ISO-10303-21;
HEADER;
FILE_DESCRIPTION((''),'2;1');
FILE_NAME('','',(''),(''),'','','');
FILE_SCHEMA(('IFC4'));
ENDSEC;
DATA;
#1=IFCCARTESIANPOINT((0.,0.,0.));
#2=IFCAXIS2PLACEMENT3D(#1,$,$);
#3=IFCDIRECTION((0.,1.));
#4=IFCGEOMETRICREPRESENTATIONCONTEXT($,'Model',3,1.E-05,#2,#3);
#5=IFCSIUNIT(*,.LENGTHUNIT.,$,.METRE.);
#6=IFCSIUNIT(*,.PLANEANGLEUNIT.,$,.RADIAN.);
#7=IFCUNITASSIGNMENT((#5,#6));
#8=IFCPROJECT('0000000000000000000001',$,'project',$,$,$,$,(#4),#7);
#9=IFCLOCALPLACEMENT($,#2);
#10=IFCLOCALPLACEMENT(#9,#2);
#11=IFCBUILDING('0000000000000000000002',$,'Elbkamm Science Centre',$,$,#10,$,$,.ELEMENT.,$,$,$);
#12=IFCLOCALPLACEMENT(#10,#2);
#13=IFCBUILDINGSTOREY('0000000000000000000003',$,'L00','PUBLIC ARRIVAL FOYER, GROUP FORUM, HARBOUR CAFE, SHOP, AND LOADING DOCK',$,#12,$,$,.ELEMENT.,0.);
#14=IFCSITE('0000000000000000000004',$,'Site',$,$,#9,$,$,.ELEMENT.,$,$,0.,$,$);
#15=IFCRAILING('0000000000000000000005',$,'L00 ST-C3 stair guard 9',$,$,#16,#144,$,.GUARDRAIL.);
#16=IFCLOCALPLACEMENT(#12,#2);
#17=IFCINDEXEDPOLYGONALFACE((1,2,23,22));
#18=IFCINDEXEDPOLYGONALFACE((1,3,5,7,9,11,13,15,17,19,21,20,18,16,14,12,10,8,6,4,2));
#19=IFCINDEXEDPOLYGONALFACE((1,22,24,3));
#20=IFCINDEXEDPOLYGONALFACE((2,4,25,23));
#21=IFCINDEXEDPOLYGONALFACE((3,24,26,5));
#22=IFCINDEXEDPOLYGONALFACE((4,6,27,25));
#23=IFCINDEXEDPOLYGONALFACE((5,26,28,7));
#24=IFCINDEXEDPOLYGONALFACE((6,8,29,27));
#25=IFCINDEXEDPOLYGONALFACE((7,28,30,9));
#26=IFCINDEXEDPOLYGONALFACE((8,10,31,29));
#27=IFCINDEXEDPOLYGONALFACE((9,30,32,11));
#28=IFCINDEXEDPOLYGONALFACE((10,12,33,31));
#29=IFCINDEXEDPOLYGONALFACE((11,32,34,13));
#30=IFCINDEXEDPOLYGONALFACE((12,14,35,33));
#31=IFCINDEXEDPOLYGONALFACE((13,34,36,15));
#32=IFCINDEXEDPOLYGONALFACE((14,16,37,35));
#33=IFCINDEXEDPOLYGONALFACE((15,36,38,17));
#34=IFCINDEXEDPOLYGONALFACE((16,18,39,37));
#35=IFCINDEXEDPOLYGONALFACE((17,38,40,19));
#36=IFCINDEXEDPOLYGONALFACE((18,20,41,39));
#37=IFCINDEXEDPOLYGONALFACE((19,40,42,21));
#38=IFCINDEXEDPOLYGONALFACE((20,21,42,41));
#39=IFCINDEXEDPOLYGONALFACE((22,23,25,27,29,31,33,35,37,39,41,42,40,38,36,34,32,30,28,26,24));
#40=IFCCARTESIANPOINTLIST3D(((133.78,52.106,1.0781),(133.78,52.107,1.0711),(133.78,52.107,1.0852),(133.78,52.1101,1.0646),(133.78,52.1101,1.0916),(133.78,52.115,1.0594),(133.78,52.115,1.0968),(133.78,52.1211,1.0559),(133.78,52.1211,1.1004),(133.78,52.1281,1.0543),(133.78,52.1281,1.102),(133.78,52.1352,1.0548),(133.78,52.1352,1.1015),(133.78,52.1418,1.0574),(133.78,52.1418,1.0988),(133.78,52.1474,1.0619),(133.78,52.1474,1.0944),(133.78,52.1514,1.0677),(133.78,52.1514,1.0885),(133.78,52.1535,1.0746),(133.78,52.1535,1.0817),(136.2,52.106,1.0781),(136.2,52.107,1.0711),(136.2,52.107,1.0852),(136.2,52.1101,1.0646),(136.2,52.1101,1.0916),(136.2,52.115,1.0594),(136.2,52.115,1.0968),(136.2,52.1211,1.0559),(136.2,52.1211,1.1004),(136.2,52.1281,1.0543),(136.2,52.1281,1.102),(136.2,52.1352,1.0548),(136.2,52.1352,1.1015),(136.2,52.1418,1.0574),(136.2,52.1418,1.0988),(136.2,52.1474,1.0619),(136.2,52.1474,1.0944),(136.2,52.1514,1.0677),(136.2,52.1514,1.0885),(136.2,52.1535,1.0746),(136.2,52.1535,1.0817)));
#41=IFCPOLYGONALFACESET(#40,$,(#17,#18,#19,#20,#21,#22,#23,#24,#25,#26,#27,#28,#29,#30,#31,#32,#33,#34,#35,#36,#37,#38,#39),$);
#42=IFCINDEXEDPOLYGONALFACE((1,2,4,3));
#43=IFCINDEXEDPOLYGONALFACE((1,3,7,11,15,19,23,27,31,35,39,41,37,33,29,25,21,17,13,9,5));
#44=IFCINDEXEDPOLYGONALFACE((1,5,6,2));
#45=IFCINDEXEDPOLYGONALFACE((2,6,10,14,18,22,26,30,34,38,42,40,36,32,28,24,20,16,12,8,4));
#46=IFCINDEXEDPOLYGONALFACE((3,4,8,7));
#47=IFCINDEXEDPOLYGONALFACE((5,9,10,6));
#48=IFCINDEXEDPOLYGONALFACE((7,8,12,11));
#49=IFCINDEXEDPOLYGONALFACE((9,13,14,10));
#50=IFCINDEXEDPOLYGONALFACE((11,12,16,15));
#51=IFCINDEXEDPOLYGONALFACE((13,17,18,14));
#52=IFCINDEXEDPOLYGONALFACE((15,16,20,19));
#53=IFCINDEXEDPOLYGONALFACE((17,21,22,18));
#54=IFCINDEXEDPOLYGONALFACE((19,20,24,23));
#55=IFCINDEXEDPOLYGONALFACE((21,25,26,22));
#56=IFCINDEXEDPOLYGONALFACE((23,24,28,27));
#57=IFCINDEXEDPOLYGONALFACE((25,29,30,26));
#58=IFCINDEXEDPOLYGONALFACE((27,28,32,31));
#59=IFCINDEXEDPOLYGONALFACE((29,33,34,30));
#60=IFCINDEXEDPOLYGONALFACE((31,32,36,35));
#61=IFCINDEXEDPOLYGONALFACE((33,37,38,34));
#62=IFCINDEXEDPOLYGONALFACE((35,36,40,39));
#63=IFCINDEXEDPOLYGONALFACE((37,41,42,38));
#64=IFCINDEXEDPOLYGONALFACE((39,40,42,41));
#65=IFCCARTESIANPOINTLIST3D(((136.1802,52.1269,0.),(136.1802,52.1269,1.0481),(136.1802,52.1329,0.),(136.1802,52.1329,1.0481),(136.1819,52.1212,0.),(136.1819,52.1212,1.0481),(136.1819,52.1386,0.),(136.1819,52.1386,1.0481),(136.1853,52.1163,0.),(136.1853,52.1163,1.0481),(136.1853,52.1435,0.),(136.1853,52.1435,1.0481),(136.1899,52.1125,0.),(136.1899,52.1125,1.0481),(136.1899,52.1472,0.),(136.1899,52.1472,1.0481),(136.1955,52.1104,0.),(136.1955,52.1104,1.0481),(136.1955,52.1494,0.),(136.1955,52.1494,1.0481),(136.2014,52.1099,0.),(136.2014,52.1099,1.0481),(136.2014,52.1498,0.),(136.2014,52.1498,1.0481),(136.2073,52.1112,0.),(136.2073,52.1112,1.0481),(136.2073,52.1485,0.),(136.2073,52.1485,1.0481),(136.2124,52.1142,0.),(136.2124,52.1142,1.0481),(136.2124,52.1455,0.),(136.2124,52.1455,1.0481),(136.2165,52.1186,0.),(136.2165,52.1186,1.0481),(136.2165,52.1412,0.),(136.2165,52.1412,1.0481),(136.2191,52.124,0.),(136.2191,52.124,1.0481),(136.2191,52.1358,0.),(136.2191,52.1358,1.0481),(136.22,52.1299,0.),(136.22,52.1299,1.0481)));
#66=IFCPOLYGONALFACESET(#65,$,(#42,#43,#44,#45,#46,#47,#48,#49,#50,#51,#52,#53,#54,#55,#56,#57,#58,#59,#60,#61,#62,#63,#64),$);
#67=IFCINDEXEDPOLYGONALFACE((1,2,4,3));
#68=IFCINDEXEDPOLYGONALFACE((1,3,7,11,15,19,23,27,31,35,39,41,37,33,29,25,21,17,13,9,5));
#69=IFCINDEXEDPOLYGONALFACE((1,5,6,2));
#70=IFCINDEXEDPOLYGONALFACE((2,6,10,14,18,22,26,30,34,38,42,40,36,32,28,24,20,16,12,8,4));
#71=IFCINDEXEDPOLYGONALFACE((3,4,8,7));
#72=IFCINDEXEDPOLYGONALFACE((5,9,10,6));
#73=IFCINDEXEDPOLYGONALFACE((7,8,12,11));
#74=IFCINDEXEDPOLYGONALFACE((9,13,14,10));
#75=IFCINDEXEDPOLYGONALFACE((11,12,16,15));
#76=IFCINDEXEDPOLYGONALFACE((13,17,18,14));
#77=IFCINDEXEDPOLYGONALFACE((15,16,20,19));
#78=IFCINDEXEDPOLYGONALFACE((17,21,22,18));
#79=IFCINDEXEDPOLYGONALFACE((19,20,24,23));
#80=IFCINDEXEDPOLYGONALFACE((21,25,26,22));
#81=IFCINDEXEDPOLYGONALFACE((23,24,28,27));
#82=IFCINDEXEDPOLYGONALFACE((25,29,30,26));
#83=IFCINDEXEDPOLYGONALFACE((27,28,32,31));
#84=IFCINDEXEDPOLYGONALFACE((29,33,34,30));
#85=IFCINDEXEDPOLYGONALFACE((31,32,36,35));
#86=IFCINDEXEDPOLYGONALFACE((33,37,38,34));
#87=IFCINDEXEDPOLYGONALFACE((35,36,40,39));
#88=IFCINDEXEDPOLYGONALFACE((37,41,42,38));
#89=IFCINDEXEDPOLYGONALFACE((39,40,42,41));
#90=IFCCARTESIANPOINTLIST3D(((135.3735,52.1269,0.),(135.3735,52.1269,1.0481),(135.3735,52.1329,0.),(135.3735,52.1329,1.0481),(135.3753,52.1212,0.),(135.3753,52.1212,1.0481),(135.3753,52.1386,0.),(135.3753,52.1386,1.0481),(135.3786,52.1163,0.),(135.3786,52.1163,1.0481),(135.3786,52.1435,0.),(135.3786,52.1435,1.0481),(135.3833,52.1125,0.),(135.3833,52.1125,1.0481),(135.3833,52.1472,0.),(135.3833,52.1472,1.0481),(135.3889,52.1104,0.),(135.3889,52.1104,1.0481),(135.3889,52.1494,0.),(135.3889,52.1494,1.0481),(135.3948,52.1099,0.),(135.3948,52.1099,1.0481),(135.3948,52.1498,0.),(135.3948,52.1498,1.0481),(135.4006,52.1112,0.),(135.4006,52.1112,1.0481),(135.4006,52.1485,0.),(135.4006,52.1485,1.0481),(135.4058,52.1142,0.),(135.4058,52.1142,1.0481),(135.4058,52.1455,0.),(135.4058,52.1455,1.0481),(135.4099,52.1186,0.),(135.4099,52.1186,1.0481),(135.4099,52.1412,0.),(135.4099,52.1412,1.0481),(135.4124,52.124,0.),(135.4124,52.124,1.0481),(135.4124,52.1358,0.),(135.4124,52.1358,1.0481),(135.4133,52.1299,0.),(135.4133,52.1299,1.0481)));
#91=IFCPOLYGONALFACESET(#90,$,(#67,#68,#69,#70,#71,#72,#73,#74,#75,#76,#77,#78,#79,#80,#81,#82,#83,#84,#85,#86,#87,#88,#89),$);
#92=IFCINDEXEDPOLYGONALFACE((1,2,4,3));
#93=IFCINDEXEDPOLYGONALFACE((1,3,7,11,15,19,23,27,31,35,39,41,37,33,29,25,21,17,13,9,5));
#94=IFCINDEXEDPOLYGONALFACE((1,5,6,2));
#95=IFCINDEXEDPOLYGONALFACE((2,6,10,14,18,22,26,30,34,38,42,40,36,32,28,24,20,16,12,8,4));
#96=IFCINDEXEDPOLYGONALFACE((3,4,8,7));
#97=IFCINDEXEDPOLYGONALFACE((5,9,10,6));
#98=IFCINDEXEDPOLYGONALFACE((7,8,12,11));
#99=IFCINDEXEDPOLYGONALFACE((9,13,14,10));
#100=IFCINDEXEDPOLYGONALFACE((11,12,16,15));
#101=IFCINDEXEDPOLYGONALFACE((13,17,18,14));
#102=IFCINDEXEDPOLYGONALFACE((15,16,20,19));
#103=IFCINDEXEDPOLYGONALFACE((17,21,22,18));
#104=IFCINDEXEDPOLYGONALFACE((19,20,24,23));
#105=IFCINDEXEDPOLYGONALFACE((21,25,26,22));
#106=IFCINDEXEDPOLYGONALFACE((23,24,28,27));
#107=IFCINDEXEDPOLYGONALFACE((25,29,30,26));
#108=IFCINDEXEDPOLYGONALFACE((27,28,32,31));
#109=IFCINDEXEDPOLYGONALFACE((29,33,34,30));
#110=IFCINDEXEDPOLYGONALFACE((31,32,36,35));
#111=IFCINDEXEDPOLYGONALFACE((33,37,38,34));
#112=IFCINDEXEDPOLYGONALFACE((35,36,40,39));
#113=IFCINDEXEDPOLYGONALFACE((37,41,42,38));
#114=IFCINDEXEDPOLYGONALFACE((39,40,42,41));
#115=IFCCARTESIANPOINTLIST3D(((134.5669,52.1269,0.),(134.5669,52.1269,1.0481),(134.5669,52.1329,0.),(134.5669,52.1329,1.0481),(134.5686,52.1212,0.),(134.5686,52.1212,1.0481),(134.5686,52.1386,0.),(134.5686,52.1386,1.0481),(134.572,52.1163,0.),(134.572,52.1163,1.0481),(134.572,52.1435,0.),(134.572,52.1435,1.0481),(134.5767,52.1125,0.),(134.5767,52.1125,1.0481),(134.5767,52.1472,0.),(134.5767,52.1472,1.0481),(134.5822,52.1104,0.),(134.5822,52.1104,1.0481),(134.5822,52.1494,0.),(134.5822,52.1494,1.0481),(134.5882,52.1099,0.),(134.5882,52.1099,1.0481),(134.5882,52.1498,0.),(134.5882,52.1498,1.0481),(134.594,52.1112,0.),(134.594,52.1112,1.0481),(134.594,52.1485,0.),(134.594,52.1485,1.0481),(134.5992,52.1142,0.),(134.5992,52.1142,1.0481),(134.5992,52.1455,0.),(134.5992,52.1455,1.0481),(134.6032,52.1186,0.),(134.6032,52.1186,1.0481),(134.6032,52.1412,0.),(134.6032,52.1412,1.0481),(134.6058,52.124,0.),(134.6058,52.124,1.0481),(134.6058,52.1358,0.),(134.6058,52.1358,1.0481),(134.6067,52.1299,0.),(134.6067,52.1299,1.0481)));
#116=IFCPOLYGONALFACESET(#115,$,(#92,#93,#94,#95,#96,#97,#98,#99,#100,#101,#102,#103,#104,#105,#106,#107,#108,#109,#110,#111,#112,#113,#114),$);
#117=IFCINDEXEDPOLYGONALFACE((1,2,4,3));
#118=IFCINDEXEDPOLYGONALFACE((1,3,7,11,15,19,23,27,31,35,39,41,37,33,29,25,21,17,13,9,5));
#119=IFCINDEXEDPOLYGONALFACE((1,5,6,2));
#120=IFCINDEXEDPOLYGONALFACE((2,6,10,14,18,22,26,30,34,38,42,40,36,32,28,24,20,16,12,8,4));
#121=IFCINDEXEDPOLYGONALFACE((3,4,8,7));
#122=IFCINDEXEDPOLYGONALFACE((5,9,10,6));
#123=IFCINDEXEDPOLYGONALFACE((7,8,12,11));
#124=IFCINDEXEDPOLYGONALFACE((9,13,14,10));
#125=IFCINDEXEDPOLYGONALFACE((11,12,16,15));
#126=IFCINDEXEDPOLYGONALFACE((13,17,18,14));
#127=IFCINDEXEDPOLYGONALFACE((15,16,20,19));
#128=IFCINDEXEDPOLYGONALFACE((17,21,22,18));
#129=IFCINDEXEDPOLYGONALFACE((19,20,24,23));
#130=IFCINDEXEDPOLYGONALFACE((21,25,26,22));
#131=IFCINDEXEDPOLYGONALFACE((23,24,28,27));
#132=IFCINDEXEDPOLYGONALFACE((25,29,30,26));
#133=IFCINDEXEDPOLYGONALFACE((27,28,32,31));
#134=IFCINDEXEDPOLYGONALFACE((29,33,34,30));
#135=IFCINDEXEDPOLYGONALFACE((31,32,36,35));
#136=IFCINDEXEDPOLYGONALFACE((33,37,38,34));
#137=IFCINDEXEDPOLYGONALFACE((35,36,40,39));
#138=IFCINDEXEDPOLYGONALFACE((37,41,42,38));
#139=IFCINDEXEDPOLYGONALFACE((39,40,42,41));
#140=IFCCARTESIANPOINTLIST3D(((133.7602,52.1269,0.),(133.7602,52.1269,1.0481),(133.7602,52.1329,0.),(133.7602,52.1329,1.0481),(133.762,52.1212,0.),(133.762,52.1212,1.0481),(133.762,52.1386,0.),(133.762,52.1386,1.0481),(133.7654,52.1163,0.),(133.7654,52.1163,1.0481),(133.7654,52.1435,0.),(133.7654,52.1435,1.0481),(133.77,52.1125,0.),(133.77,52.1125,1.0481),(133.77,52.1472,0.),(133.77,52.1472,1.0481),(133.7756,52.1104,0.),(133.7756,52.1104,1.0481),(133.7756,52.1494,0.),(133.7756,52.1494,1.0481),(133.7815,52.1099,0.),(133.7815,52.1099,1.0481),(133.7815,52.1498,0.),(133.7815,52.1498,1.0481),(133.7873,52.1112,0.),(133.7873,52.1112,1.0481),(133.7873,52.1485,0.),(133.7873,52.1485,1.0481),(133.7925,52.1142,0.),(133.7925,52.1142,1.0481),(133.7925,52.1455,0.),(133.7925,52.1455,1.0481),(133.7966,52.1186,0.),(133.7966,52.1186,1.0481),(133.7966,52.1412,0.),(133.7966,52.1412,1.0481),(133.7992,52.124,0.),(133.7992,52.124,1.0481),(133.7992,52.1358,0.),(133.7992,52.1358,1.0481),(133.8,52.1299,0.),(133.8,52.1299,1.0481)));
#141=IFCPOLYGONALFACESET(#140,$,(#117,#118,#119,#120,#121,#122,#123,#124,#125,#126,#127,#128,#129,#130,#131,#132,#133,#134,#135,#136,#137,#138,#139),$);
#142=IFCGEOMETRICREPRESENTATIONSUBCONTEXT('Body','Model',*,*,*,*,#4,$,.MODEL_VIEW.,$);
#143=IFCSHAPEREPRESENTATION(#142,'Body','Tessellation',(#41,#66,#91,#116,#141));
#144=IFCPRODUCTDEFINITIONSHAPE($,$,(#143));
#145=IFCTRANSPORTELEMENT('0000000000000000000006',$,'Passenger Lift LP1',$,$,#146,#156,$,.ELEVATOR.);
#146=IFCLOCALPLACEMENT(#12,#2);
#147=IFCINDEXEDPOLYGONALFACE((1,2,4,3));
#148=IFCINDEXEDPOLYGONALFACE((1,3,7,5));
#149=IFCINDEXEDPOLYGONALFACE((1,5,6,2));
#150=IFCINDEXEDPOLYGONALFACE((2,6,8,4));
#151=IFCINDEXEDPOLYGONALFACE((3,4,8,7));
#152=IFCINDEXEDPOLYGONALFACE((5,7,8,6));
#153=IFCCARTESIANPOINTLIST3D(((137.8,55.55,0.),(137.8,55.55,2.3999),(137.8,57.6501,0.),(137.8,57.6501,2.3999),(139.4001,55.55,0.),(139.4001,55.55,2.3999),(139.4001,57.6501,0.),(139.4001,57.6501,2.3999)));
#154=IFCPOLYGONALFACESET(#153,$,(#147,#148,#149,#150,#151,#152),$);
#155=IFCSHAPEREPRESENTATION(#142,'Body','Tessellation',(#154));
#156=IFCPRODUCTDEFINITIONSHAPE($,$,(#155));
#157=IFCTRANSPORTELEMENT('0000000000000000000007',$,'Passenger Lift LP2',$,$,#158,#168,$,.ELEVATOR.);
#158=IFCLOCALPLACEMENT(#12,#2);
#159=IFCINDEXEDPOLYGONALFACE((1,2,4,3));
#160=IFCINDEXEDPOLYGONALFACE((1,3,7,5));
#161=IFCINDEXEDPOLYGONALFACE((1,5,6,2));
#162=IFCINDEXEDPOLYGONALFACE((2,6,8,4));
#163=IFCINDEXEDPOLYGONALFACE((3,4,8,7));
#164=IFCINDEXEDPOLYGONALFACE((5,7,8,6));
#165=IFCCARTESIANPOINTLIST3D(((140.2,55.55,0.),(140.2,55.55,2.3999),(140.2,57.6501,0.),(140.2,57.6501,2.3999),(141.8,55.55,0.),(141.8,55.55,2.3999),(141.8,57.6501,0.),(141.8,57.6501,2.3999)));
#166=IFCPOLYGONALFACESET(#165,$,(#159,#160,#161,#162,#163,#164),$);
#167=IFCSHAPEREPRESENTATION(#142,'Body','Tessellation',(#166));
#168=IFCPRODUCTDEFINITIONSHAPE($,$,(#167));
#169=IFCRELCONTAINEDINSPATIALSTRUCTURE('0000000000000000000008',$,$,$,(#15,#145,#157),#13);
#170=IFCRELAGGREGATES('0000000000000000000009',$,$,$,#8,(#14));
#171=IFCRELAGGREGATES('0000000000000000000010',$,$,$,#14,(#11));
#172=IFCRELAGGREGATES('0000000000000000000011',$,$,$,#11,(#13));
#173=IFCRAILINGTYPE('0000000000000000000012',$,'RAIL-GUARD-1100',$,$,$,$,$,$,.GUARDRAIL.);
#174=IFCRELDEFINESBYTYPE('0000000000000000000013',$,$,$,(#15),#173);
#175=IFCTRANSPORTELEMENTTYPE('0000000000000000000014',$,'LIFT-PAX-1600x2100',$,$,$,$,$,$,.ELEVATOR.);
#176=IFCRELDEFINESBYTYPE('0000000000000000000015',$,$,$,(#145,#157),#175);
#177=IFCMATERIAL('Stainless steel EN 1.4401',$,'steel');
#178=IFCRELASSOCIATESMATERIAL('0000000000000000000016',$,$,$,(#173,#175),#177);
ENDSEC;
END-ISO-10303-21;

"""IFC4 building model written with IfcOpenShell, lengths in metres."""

from ifc_helpers import new_model, si_unit, direction, frame, origin, origin_2d, place, context, subcontext, project, spatial, rectangle, circle, extrude, material, type_object, element, save


model = new_model("IFC4")

# Units and contexts
model_context = context("Model", 3, precision=1e-05, world=origin(), true_north=direction((0.0, 1.0)))
body_context = subcontext(model_context, "Body", "Model", "MODEL_VIEW")
ifc_project = project(units=[si_unit("LENGTHUNIT", "METRE"), si_unit("PLANEANGLEUNIT", "RADIAN")], contexts=[model_context])

# Site, building, storey
site_placement = place(None, origin())
site = spatial("IfcSite", under=ifc_project, at=site_placement, Name="Site", CompositionType="ELEMENT", RefElevation=0.0)
building_placement = place(site_placement, origin())
building = spatial("IfcBuilding", under=site, at=building_placement, Name="Elbkamm Science Centre", CompositionType="ELEMENT")
storey_placement = place(building_placement, origin())
storey = spatial("IfcBuildingStorey", under=building, at=storey_placement, Name="L00", Description="PUBLIC ARRIVAL FOYER, GROUP FORUM, HARBOUR CAFE, SHOP, AND LOADING DOCK", CompositionType="ELEMENT", Elevation=0.0)

# Railing
ifc_material_1 = material(Name="Stainless steel EN 1.4401", Category="steel")
railing_type = type_object("IfcRailingType", Name="RAIL-GUARD-1100", PredefinedType="GUARDRAIL", material=ifc_material_1)
for number, where, name in (
    (1, (136.2, 52.1299, 0.0), "L00 ST-C3 stair guard 9"),
):
    element("IfcRailing", number, at=place(storey_placement, frame(where)), inside=storey, type_object=railing_type, Name=name, PredefinedType="GUARDRAIL", context=body_context, shape_type="SweptSolid", body=[
        extrude(circle(Radius=0.0239, at=origin_2d()), frame((0.0, 0.0, 1.0781), z_axis=(-1.0, 0.0, 0.0), x_axis=(0.0, -1.0, 0.0)), (0.0, 0.0, 1.0), 2.4199),
        extrude(circle(Radius=0.02, at=origin_2d()), origin(), (0.0, 0.0, 1.0), 1.0481),
        extrude(circle(Radius=0.02, at=origin_2d()), frame((-0.8066, 0.0, 0.0)), (0.0, 0.0, 1.0), 1.0481),
        extrude(circle(Radius=0.02, at=origin_2d()), frame((-1.6133, 0.0, 0.0)), (0.0, 0.0, 1.0), 1.0481),
        extrude(circle(Radius=0.02, at=origin_2d()), frame((-2.4199, 0.0, 0.0)), (0.0, 0.0, 1.0), 1.0481),
    ])

# Transport elements
transport_element_type = type_object("IfcTransportElementType", Name="LIFT-PAX-1600x2100", PredefinedType="ELEVATOR", material=ifc_material_1)
for number, where, z_axis, x_axis, name in (
    (2, (138.6001, 56.6001, 0.0), (0.0, 0.0, 1.0), (1.0, 0.0, 0.0), "Passenger Lift LP1"),
    (3, (141.0, 56.6001, 0.0), (0.0, 0.0, 1.0), (1.0, 0.0, 0.0), "Passenger Lift LP2"),
):
    element("IfcTransportElement", number, at=place(storey_placement, frame(where, z_axis=z_axis, x_axis=x_axis)), inside=storey, type_object=transport_element_type, Name=name, PredefinedType="ELEVATOR", context=body_context, shape_type="SweptSolid", body=[
        extrude(rectangle(XDim=1.6001, YDim=2.1001, at=origin_2d()), origin(), (0.0, 0.0, 1.0), 2.3999),
    ])

save(model, "model.ifc")
